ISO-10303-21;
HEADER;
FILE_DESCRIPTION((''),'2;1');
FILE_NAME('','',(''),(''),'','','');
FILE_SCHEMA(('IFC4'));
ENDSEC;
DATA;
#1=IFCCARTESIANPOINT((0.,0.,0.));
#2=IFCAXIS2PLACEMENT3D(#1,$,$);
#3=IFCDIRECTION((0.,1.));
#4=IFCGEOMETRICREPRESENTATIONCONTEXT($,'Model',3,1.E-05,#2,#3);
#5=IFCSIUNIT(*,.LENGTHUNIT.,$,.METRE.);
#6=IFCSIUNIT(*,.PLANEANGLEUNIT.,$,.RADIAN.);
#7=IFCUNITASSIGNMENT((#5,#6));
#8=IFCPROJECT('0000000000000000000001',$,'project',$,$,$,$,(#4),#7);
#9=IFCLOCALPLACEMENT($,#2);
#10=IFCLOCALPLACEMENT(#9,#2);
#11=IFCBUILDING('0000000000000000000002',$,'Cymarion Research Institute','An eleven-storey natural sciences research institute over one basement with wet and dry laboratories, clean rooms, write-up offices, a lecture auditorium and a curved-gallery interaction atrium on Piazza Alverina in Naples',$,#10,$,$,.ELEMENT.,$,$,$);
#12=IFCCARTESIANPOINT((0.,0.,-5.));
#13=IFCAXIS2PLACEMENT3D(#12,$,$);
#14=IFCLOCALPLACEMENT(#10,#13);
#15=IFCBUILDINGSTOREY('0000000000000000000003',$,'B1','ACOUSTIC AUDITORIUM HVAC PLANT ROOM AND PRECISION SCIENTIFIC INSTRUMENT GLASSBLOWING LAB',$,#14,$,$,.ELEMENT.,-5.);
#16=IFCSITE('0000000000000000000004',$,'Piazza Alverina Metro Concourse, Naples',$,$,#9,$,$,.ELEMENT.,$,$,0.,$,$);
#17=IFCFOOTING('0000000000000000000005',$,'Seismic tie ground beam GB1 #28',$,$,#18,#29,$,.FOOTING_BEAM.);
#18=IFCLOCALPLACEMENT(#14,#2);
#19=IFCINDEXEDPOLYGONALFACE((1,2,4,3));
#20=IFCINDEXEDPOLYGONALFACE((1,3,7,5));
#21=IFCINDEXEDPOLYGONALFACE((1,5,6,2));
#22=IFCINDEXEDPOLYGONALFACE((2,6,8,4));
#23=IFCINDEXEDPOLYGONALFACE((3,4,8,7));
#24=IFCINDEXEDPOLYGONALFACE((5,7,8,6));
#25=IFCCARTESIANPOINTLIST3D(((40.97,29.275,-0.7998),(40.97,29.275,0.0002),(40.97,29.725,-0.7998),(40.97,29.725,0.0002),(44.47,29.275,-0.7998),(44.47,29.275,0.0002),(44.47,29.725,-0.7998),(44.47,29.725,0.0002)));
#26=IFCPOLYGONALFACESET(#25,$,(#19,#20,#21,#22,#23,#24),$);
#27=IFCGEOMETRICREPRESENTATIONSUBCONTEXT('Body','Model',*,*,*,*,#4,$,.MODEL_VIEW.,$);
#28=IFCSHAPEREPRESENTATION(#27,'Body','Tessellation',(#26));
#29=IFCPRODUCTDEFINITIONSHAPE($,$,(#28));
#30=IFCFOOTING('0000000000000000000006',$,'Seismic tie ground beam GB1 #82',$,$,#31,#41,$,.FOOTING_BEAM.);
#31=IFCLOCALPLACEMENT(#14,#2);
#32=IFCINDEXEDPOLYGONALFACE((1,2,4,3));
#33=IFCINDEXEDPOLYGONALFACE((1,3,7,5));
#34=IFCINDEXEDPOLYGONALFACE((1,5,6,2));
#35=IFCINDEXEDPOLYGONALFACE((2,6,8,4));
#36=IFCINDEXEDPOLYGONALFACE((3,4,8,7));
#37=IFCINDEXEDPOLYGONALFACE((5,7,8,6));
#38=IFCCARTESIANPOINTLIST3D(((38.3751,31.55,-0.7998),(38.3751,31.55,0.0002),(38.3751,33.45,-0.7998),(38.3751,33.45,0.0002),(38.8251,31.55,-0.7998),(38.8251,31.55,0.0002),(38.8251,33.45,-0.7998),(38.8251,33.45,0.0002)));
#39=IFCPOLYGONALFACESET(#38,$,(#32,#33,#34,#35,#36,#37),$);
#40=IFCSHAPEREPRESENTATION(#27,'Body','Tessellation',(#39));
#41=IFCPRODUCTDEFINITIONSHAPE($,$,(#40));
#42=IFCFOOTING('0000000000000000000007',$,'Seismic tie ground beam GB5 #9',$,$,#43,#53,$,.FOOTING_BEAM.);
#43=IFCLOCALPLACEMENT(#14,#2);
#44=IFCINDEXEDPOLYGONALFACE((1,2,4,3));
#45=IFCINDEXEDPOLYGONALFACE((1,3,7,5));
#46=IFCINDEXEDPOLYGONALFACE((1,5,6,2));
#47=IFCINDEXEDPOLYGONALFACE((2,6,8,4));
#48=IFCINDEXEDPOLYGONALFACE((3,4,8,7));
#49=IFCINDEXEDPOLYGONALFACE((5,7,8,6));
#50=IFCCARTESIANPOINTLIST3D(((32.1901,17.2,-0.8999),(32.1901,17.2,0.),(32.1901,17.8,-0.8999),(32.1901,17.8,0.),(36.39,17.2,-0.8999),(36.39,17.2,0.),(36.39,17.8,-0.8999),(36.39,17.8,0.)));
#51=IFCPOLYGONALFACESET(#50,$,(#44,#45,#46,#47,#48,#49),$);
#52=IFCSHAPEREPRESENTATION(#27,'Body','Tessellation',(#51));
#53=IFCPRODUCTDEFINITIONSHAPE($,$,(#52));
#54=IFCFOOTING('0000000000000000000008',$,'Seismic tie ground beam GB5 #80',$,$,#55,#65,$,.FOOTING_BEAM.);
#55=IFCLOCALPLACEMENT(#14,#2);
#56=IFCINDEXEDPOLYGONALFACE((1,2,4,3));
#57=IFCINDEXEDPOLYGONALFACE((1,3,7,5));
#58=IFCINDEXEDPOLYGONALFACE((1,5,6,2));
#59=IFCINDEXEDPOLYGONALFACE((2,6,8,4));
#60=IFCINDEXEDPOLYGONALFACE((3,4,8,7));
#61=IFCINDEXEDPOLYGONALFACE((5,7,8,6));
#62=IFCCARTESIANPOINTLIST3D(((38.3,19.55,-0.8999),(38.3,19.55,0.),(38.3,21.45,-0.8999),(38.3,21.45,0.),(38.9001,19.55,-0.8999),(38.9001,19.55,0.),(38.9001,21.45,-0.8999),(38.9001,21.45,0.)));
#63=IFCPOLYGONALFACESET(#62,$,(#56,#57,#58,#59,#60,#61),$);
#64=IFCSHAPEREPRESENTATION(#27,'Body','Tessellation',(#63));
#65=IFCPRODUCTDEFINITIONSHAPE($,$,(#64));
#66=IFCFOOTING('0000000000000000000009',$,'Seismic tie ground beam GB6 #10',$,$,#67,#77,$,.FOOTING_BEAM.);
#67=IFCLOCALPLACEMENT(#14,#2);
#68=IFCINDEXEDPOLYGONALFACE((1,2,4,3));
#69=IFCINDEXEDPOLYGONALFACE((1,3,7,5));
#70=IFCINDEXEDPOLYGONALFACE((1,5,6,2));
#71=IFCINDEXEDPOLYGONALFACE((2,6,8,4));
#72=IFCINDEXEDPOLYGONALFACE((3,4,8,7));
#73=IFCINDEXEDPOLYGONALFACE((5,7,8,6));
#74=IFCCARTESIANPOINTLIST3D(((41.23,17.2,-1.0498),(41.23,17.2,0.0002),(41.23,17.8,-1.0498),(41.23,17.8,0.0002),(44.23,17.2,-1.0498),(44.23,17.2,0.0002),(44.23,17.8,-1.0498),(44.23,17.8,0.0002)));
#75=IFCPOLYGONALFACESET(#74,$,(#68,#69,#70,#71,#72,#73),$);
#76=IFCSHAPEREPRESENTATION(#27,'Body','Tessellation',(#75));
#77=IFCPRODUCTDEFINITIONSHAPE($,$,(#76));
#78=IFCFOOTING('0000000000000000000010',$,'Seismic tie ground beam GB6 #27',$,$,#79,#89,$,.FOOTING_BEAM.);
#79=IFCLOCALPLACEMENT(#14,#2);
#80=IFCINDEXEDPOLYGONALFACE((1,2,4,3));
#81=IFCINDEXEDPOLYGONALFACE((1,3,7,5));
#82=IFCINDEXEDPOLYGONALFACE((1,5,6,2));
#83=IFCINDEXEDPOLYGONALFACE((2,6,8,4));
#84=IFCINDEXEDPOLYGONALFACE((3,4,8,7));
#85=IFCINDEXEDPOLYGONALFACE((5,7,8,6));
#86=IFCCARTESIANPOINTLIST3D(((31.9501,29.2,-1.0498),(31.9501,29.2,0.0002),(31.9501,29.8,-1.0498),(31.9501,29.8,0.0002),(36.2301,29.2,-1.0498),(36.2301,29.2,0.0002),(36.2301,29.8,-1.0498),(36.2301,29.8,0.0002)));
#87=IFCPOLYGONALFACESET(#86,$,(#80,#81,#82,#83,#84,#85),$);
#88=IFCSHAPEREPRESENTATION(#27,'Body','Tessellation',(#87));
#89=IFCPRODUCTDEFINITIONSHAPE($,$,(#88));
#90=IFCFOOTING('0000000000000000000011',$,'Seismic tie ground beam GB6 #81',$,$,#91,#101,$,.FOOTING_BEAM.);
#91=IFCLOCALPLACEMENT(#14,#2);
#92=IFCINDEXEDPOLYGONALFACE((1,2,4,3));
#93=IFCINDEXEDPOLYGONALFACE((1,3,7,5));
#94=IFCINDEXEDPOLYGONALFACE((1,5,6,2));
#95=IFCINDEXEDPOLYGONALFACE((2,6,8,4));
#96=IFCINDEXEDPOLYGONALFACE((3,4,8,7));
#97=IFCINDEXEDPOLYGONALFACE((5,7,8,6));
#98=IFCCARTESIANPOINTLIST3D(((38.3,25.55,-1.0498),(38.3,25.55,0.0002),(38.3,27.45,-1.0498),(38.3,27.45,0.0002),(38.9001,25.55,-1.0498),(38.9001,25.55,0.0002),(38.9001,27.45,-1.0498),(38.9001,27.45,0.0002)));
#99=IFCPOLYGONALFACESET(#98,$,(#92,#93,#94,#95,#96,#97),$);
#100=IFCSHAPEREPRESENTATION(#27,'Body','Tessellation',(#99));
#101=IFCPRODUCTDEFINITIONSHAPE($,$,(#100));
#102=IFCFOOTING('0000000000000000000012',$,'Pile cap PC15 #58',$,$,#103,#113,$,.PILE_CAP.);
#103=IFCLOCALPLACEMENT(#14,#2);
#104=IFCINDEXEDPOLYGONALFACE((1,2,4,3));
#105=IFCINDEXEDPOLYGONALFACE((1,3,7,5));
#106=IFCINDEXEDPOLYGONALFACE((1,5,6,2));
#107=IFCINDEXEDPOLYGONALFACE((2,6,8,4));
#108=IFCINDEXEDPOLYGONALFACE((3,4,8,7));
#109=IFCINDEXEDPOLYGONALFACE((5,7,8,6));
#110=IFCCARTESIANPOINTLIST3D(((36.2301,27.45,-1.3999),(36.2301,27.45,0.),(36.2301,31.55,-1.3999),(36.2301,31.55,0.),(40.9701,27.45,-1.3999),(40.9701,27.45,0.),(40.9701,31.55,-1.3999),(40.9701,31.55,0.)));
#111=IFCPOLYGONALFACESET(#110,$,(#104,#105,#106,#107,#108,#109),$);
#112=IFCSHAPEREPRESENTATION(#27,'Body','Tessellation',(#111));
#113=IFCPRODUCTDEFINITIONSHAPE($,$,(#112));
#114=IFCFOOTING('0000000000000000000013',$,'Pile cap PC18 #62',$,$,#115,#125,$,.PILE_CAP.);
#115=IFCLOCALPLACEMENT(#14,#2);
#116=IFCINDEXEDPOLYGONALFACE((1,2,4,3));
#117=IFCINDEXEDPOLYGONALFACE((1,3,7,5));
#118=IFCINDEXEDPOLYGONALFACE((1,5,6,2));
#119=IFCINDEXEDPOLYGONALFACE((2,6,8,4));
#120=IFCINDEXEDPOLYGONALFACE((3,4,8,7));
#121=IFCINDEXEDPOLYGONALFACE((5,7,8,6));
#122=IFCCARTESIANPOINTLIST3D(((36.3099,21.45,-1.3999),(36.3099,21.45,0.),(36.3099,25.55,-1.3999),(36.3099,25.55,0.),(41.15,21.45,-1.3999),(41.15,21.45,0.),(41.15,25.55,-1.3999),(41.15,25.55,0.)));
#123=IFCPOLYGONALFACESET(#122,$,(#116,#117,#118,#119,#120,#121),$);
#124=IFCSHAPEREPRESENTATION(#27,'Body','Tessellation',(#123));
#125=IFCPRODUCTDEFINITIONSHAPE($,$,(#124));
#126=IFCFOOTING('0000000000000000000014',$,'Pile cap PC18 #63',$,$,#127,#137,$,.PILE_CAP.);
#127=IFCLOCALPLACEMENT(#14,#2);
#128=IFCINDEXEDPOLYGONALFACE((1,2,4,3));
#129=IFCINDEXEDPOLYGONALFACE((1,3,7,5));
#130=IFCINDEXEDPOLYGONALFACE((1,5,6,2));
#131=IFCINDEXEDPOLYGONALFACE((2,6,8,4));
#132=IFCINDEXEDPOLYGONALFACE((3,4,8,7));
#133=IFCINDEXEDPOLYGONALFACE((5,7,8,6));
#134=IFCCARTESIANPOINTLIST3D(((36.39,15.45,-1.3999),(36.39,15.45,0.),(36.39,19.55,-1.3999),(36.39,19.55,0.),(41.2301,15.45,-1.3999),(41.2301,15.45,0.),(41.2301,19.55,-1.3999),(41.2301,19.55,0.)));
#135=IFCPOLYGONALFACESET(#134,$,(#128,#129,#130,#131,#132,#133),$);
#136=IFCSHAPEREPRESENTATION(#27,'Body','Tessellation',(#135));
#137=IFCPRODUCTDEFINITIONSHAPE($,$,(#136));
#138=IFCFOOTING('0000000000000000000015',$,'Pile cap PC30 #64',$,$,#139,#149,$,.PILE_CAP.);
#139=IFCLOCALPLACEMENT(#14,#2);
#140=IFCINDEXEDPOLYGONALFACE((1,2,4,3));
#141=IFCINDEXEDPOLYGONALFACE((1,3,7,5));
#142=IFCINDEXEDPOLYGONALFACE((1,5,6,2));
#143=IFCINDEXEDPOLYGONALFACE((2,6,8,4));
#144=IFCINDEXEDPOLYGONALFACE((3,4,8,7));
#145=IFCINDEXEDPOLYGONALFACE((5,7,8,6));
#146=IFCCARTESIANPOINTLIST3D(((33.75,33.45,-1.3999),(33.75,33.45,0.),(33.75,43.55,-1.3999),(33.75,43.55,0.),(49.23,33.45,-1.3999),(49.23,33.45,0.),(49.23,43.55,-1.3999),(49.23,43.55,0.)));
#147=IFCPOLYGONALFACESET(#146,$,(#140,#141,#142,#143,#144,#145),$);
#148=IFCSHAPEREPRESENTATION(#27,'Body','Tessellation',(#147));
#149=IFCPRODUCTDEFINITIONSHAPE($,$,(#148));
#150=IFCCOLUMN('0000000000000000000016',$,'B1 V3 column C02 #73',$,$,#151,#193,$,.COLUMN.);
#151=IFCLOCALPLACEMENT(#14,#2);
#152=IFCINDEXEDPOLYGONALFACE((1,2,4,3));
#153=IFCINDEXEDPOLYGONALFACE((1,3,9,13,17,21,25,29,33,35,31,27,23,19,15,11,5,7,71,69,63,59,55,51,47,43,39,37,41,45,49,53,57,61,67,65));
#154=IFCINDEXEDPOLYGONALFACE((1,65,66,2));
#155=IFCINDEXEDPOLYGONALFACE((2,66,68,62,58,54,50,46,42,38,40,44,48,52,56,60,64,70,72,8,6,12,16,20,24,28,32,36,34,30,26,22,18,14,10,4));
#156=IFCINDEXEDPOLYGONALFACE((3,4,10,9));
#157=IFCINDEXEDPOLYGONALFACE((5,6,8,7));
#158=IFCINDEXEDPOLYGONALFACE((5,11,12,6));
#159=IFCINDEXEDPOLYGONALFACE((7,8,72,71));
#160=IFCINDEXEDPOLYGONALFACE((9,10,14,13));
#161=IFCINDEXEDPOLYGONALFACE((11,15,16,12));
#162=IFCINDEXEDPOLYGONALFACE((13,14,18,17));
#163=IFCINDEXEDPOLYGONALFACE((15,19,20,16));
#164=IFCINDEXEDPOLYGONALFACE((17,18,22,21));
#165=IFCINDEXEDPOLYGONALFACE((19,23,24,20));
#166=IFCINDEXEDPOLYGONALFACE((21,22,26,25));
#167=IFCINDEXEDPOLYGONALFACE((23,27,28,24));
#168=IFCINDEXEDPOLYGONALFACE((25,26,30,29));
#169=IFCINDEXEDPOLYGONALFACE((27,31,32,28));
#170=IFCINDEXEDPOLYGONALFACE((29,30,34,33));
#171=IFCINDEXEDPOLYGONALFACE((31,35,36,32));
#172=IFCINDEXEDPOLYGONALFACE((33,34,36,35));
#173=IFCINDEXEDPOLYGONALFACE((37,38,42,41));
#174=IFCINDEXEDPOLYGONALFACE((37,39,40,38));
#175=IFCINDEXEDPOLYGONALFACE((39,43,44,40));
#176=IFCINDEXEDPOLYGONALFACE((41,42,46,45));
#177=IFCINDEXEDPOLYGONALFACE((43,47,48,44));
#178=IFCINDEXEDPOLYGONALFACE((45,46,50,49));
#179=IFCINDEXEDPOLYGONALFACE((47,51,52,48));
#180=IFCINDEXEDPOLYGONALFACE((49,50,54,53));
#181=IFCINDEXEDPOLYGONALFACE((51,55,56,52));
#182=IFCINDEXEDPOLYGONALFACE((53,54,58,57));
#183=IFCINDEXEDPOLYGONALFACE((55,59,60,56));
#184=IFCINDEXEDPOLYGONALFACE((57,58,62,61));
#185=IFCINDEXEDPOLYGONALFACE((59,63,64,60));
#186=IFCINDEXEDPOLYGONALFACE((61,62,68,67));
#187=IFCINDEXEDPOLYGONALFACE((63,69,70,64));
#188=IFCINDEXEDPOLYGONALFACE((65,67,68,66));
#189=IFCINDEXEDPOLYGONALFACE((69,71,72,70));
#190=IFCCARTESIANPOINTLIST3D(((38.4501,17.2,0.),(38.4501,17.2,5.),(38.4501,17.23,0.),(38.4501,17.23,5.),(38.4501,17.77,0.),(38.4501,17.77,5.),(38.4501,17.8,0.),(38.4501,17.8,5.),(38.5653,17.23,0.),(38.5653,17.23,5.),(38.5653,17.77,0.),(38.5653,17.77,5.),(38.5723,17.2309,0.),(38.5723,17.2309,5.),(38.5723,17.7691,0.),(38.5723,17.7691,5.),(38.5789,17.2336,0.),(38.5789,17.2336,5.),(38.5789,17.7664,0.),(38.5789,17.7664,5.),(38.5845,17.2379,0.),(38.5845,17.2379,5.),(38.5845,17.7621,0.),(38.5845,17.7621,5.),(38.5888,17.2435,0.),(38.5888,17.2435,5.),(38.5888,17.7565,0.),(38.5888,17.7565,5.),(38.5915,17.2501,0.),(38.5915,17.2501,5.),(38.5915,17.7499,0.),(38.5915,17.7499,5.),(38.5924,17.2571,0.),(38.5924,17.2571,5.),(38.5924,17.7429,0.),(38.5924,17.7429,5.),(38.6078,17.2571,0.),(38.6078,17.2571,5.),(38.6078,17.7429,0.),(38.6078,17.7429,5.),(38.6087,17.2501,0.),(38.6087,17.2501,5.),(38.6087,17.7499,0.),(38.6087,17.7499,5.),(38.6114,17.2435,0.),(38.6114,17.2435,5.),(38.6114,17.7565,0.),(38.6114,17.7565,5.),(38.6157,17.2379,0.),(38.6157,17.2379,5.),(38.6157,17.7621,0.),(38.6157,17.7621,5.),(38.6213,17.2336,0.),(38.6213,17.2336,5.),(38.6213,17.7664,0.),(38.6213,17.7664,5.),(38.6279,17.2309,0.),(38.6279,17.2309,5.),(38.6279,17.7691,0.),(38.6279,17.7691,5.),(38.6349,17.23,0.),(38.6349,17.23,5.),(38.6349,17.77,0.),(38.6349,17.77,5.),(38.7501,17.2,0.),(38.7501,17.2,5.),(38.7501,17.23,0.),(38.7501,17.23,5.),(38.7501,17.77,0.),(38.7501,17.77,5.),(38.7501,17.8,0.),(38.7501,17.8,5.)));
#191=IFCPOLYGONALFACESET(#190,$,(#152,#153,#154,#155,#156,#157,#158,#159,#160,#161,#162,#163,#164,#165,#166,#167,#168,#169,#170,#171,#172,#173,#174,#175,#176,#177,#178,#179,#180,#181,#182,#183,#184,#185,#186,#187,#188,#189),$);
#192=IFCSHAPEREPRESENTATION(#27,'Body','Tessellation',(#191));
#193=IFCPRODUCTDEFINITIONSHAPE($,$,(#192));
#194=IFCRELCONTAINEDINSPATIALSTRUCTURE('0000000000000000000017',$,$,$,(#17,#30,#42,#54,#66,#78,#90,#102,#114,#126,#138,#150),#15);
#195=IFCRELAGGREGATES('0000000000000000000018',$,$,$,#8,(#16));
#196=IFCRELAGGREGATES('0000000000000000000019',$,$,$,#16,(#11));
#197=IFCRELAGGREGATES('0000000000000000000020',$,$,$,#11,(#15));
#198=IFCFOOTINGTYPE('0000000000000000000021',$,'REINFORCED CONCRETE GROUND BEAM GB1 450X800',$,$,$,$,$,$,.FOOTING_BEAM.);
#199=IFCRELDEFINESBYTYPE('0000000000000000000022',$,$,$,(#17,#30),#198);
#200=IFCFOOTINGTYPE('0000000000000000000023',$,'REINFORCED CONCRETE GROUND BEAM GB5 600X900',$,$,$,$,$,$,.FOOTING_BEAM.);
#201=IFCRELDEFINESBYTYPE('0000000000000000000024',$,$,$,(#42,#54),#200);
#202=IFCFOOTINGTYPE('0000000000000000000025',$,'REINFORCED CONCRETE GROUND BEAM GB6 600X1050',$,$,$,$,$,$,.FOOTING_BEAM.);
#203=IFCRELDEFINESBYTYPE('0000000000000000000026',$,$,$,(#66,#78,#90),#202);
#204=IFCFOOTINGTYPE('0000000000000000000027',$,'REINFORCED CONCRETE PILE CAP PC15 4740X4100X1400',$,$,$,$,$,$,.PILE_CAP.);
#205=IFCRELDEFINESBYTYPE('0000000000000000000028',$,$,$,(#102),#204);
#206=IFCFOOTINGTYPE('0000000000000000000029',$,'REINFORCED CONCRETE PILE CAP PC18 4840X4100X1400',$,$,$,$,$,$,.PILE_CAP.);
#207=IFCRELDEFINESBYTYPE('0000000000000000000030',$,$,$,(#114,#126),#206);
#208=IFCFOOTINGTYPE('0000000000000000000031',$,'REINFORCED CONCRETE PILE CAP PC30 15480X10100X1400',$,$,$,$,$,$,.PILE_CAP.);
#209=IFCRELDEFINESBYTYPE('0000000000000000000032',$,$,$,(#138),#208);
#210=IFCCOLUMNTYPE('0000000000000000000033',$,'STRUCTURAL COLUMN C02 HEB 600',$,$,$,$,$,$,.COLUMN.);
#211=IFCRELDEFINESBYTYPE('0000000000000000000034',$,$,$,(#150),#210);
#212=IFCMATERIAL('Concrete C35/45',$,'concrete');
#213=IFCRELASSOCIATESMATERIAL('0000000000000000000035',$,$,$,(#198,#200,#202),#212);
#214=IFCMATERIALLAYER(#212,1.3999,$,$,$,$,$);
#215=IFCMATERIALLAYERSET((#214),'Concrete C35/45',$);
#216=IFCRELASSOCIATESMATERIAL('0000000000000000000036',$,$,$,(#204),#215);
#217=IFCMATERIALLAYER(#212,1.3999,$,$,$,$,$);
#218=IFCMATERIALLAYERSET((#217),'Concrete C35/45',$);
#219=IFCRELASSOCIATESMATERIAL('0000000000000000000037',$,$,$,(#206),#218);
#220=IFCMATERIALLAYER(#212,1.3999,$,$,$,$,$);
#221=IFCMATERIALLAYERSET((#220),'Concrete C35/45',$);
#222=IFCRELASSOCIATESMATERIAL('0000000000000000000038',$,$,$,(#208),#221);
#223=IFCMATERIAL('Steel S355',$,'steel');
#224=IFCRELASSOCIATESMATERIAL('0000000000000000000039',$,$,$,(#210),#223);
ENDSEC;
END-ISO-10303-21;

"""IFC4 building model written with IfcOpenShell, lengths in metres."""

from ifc_helpers import new_model, si_unit, direction, frame, origin, origin_2d, place, context, subcontext, project, spatial, rectangle, i_section, extrude, material, layer, layer_set, material_profile, profile_set, type_object, element, save


model = new_model("IFC4")

# Units and contexts
model_context = context("Model", 3, precision=1e-05, world=origin(), true_north=direction((0.0, 1.0)))
body_context = subcontext(model_context, "Body", "Model", "MODEL_VIEW")
ifc_project = project(units=[si_unit("LENGTHUNIT", "METRE"), si_unit("PLANEANGLEUNIT", "RADIAN")], contexts=[model_context])

# Site, building, storey
site_placement = place(None, origin())
site = spatial("IfcSite", under=ifc_project, at=site_placement, Name="Piazza Alverina Metro Concourse, Naples", CompositionType="ELEMENT", RefElevation=0.0)
building_placement = place(site_placement, origin())
building = spatial("IfcBuilding", under=site, at=building_placement, Name="Cymarion Research Institute", Description="An eleven-storey natural sciences research institute over one basement with wet and dry laboratories, clean rooms, write-up offices, a lecture auditorium and a curved-gallery interaction atrium on Piazza Alverina in Naples", CompositionType="ELEMENT")
storey_placement = place(building_placement, frame((0.0, 0.0, -5.0)))
storey = spatial("IfcBuildingStorey", under=building, at=storey_placement, Name="B1", Description="ACOUSTIC AUDITORIUM HVAC PLANT ROOM AND PRECISION SCIENTIFIC INSTRUMENT GLASSBLOWING LAB", CompositionType="ELEMENT", Elevation=-5.0)

# Shared definitions
ifc_material_1 = material(Name="Concrete C35/45", Category="concrete")

# Footings
footing_type_1 = type_object("IfcFootingType", Name="REINFORCED CONCRETE GROUND BEAM GB1 450X800", PredefinedType="FOOTING_BEAM", material=ifc_material_1)
footing_1_placement = place(storey_placement, frame((42.72, 29.5, -0.7998), z_axis=(0.0, 0.0, 1.0), x_axis=(1.0, 0.0, 0.0)))
element("IfcFooting", 1, at=footing_1_placement, inside=storey, type_object=footing_type_1, Name="Seismic tie ground beam GB1 #28", PredefinedType="FOOTING_BEAM", context=body_context, shape_type="SweptSolid", body=[
    extrude(rectangle(XDim=3.5, YDim=0.45, at=origin_2d()), origin(), (0.0, 0.0, 1.0), 0.8),
])
footing_2_placement = place(storey_placement, frame((38.6001, 32.5, -0.7998), z_axis=(0.0, 0.0, 1.0), x_axis=(0.0, 1.0, 0.0)))
element("IfcFooting", 2, at=footing_2_placement, inside=storey, type_object=footing_type_1, Name="Seismic tie ground beam GB1 #82", PredefinedType="FOOTING_BEAM", context=body_context, shape_type="SweptSolid", body=[
    extrude(rectangle(XDim=1.8999, YDim=0.45, at=origin_2d()), origin(), (0.0, 0.0, 1.0), 0.8),
])
footing_type_2 = type_object("IfcFootingType", Name="REINFORCED CONCRETE GROUND BEAM GB5 600X900", PredefinedType="FOOTING_BEAM", material=ifc_material_1)
footing_3_placement = place(storey_placement, frame((34.29, 17.5, -0.8999), z_axis=(0.0, 0.0, 1.0), x_axis=(1.0, 0.0, 0.0)))
element("IfcFooting", 3, at=footing_3_placement, inside=storey, type_object=footing_type_2, Name="Seismic tie ground beam GB5 #9", PredefinedType="FOOTING_BEAM", context=body_context, shape_type="SweptSolid", body=[
    extrude(rectangle(XDim=4.2, YDim=0.6001, at=origin_2d()), origin(), (0.0, 0.0, 1.0), 0.8999),
])
footing_4_placement = place(storey_placement, frame((38.6001, 20.5, -0.8999), z_axis=(0.0, 0.0, 1.0), x_axis=(0.0, 1.0, 0.0)))
element("IfcFooting", 4, at=footing_4_placement, inside=storey, type_object=footing_type_2, Name="Seismic tie ground beam GB5 #80", PredefinedType="FOOTING_BEAM", context=body_context, shape_type="SweptSolid", body=[
    extrude(rectangle(XDim=1.8999, YDim=0.6001, at=origin_2d()), origin(), (0.0, 0.0, 1.0), 0.8999),
])
footing_type_3 = type_object("IfcFootingType", Name="REINFORCED CONCRETE GROUND BEAM GB6 600X1050", PredefinedType="FOOTING_BEAM", material=ifc_material_1)
footing_5_placement = place(storey_placement, frame((42.73, 17.5, -1.0498), z_axis=(0.0, 0.0, 1.0), x_axis=(1.0, 0.0, 0.0)))
element("IfcFooting", 5, at=footing_5_placement, inside=storey, type_object=footing_type_3, Name="Seismic tie ground beam GB6 #10", PredefinedType="FOOTING_BEAM", context=body_context, shape_type="SweptSolid", body=[
    extrude(rectangle(XDim=3.0, YDim=0.6001, at=origin_2d()), origin(), (0.0, 0.0, 1.0), 1.05),
])
footing_6_placement = place(storey_placement, frame((34.0901, 29.5, -1.0498), z_axis=(0.0, 0.0, 1.0), x_axis=(1.0, 0.0, 0.0)))
element("IfcFooting", 6, at=footing_6_placement, inside=storey, type_object=footing_type_3, Name="Seismic tie ground beam GB6 #27", PredefinedType="FOOTING_BEAM", context=body_context, shape_type="SweptSolid", body=[
    extrude(rectangle(XDim=4.28, YDim=0.6001, at=origin_2d()), origin(), (0.0, 0.0, 1.0), 1.05),
])
footing_7_placement = place(storey_placement, frame((38.6001, 26.5, -1.0498), z_axis=(0.0, 0.0, 1.0), x_axis=(0.0, 1.0, 0.0)))
element("IfcFooting", 7, at=footing_7_placement, inside=storey, type_object=footing_type_3, Name="Seismic tie ground beam GB6 #81", PredefinedType="FOOTING_BEAM", context=body_context, shape_type="SweptSolid", body=[
    extrude(rectangle(XDim=1.8999, YDim=0.6001, at=origin_2d()), origin(), (0.0, 0.0, 1.0), 1.05),
])
ifc_layer_1 = layer(ifc_material_1, 1.3999)
ifc_layer_set_1 = layer_set([ifc_layer_1], Name="Concrete C35/45")
footing_type_4 = type_object("IfcFootingType", Name="REINFORCED CONCRETE PILE CAP PC15 4740X4100X1400", PredefinedType="PILE_CAP", material=ifc_layer_set_1)
footing_8_placement = place(storey_placement, frame((38.6001, 29.5, -1.3999), z_axis=(0.0, 0.0, 1.0), x_axis=(1.0, 0.0, 0.0)))
element("IfcFooting", 8, at=footing_8_placement, inside=storey, type_object=footing_type_4, Name="Pile cap PC15 #58", PredefinedType="PILE_CAP", context=body_context, shape_type="SweptSolid", body=[
    extrude(rectangle(XDim=4.74, YDim=4.1001, at=origin_2d()), origin(), (0.0, 0.0, 1.0), 1.3999),
])
ifc_layer_2 = layer(ifc_material_1, 1.3999)
ifc_layer_set_2 = layer_set([ifc_layer_2], Name="Concrete C35/45")
footing_type_5 = type_object("IfcFootingType", Name="REINFORCED CONCRETE PILE CAP PC18 4840X4100X1400", PredefinedType="PILE_CAP", material=ifc_layer_set_2)
for number, where, z_axis, x_axis, name in (
    (9, (38.73, 23.5, -1.3999), (0.0, 0.0, 1.0), (1.0, 0.0, 0.0), "Pile cap PC18 #62"),
    (10, (38.8101, 17.5, -1.3999), (0.0, 0.0, 1.0), (1.0, 0.0, 0.0), "Pile cap PC18 #63"),
):
    element("IfcFooting", number, at=place(storey_placement, frame(where, z_axis=z_axis, x_axis=x_axis)), inside=storey, type_object=footing_type_5, Name=name, PredefinedType="PILE_CAP", context=body_context, shape_type="SweptSolid", body=[
        extrude(rectangle(XDim=4.8401, YDim=4.1001, at=origin_2d()), origin(), (0.0, 0.0, 1.0), 1.3999),
    ])
ifc_layer_3 = layer(ifc_material_1, 1.3999)
ifc_layer_set_3 = layer_set([ifc_layer_3], Name="Concrete C35/45")
footing_type_6 = type_object("IfcFootingType", Name="REINFORCED CONCRETE PILE CAP PC30 15480X10100X1400", PredefinedType="PILE_CAP", material=ifc_layer_set_3)
footing_9_placement = place(storey_placement, frame((41.49, 38.5, -1.3999), z_axis=(0.0, 0.0, 1.0), x_axis=(1.0, 0.0, 0.0)))
element("IfcFooting", 11, at=footing_9_placement, inside=storey, type_object=footing_type_6, Name="Pile cap PC30 #64", PredefinedType="PILE_CAP", context=body_context, shape_type="SweptSolid", body=[
    extrude(rectangle(XDim=15.48, YDim=10.1001, at=origin_2d()), origin(), (0.0, 0.0, 1.0), 1.3999),
])

# Column
ifc_material_2 = material(Name="Steel S355", Category="steel")
ifc_material_profile_1 = material_profile(ifc_material_2, i_section(OverallWidth=0.3, OverallDepth=0.6001, WebThickness=0.0154, FlangeThickness=0.03, FilletRadius=0.0271, at=origin_2d()), Name="HEB 600")
ifc_profile_set_1 = profile_set([ifc_material_profile_1], Name="Steel S355")
column_type = type_object("IfcColumnType", Name="STRUCTURAL COLUMN C02 HEB 600", PredefinedType="COLUMN", material=ifc_profile_set_1)
for number, where, z_axis, x_axis, name in (
    (12, (38.6001, 17.5, 0.0), (0.0, 0.0, 1.0), (1.0, 0.0, 0.0), "B1 V3 column C02 #73"),
):
    element("IfcColumn", number, at=place(storey_placement, frame(where, z_axis=z_axis, x_axis=x_axis)), inside=storey, type_object=column_type, Name=name, PredefinedType="COLUMN", context=body_context, shape_type="SweptSolid", body=[
        extrude(i_section(OverallWidth=0.3, OverallDepth=0.6001, WebThickness=0.0154, FlangeThickness=0.03, FilletRadius=0.0271, at=origin_2d()), origin(), (0.0, 0.0, 1.0), 5.0),
    ])

save(model, "model.ifc")
